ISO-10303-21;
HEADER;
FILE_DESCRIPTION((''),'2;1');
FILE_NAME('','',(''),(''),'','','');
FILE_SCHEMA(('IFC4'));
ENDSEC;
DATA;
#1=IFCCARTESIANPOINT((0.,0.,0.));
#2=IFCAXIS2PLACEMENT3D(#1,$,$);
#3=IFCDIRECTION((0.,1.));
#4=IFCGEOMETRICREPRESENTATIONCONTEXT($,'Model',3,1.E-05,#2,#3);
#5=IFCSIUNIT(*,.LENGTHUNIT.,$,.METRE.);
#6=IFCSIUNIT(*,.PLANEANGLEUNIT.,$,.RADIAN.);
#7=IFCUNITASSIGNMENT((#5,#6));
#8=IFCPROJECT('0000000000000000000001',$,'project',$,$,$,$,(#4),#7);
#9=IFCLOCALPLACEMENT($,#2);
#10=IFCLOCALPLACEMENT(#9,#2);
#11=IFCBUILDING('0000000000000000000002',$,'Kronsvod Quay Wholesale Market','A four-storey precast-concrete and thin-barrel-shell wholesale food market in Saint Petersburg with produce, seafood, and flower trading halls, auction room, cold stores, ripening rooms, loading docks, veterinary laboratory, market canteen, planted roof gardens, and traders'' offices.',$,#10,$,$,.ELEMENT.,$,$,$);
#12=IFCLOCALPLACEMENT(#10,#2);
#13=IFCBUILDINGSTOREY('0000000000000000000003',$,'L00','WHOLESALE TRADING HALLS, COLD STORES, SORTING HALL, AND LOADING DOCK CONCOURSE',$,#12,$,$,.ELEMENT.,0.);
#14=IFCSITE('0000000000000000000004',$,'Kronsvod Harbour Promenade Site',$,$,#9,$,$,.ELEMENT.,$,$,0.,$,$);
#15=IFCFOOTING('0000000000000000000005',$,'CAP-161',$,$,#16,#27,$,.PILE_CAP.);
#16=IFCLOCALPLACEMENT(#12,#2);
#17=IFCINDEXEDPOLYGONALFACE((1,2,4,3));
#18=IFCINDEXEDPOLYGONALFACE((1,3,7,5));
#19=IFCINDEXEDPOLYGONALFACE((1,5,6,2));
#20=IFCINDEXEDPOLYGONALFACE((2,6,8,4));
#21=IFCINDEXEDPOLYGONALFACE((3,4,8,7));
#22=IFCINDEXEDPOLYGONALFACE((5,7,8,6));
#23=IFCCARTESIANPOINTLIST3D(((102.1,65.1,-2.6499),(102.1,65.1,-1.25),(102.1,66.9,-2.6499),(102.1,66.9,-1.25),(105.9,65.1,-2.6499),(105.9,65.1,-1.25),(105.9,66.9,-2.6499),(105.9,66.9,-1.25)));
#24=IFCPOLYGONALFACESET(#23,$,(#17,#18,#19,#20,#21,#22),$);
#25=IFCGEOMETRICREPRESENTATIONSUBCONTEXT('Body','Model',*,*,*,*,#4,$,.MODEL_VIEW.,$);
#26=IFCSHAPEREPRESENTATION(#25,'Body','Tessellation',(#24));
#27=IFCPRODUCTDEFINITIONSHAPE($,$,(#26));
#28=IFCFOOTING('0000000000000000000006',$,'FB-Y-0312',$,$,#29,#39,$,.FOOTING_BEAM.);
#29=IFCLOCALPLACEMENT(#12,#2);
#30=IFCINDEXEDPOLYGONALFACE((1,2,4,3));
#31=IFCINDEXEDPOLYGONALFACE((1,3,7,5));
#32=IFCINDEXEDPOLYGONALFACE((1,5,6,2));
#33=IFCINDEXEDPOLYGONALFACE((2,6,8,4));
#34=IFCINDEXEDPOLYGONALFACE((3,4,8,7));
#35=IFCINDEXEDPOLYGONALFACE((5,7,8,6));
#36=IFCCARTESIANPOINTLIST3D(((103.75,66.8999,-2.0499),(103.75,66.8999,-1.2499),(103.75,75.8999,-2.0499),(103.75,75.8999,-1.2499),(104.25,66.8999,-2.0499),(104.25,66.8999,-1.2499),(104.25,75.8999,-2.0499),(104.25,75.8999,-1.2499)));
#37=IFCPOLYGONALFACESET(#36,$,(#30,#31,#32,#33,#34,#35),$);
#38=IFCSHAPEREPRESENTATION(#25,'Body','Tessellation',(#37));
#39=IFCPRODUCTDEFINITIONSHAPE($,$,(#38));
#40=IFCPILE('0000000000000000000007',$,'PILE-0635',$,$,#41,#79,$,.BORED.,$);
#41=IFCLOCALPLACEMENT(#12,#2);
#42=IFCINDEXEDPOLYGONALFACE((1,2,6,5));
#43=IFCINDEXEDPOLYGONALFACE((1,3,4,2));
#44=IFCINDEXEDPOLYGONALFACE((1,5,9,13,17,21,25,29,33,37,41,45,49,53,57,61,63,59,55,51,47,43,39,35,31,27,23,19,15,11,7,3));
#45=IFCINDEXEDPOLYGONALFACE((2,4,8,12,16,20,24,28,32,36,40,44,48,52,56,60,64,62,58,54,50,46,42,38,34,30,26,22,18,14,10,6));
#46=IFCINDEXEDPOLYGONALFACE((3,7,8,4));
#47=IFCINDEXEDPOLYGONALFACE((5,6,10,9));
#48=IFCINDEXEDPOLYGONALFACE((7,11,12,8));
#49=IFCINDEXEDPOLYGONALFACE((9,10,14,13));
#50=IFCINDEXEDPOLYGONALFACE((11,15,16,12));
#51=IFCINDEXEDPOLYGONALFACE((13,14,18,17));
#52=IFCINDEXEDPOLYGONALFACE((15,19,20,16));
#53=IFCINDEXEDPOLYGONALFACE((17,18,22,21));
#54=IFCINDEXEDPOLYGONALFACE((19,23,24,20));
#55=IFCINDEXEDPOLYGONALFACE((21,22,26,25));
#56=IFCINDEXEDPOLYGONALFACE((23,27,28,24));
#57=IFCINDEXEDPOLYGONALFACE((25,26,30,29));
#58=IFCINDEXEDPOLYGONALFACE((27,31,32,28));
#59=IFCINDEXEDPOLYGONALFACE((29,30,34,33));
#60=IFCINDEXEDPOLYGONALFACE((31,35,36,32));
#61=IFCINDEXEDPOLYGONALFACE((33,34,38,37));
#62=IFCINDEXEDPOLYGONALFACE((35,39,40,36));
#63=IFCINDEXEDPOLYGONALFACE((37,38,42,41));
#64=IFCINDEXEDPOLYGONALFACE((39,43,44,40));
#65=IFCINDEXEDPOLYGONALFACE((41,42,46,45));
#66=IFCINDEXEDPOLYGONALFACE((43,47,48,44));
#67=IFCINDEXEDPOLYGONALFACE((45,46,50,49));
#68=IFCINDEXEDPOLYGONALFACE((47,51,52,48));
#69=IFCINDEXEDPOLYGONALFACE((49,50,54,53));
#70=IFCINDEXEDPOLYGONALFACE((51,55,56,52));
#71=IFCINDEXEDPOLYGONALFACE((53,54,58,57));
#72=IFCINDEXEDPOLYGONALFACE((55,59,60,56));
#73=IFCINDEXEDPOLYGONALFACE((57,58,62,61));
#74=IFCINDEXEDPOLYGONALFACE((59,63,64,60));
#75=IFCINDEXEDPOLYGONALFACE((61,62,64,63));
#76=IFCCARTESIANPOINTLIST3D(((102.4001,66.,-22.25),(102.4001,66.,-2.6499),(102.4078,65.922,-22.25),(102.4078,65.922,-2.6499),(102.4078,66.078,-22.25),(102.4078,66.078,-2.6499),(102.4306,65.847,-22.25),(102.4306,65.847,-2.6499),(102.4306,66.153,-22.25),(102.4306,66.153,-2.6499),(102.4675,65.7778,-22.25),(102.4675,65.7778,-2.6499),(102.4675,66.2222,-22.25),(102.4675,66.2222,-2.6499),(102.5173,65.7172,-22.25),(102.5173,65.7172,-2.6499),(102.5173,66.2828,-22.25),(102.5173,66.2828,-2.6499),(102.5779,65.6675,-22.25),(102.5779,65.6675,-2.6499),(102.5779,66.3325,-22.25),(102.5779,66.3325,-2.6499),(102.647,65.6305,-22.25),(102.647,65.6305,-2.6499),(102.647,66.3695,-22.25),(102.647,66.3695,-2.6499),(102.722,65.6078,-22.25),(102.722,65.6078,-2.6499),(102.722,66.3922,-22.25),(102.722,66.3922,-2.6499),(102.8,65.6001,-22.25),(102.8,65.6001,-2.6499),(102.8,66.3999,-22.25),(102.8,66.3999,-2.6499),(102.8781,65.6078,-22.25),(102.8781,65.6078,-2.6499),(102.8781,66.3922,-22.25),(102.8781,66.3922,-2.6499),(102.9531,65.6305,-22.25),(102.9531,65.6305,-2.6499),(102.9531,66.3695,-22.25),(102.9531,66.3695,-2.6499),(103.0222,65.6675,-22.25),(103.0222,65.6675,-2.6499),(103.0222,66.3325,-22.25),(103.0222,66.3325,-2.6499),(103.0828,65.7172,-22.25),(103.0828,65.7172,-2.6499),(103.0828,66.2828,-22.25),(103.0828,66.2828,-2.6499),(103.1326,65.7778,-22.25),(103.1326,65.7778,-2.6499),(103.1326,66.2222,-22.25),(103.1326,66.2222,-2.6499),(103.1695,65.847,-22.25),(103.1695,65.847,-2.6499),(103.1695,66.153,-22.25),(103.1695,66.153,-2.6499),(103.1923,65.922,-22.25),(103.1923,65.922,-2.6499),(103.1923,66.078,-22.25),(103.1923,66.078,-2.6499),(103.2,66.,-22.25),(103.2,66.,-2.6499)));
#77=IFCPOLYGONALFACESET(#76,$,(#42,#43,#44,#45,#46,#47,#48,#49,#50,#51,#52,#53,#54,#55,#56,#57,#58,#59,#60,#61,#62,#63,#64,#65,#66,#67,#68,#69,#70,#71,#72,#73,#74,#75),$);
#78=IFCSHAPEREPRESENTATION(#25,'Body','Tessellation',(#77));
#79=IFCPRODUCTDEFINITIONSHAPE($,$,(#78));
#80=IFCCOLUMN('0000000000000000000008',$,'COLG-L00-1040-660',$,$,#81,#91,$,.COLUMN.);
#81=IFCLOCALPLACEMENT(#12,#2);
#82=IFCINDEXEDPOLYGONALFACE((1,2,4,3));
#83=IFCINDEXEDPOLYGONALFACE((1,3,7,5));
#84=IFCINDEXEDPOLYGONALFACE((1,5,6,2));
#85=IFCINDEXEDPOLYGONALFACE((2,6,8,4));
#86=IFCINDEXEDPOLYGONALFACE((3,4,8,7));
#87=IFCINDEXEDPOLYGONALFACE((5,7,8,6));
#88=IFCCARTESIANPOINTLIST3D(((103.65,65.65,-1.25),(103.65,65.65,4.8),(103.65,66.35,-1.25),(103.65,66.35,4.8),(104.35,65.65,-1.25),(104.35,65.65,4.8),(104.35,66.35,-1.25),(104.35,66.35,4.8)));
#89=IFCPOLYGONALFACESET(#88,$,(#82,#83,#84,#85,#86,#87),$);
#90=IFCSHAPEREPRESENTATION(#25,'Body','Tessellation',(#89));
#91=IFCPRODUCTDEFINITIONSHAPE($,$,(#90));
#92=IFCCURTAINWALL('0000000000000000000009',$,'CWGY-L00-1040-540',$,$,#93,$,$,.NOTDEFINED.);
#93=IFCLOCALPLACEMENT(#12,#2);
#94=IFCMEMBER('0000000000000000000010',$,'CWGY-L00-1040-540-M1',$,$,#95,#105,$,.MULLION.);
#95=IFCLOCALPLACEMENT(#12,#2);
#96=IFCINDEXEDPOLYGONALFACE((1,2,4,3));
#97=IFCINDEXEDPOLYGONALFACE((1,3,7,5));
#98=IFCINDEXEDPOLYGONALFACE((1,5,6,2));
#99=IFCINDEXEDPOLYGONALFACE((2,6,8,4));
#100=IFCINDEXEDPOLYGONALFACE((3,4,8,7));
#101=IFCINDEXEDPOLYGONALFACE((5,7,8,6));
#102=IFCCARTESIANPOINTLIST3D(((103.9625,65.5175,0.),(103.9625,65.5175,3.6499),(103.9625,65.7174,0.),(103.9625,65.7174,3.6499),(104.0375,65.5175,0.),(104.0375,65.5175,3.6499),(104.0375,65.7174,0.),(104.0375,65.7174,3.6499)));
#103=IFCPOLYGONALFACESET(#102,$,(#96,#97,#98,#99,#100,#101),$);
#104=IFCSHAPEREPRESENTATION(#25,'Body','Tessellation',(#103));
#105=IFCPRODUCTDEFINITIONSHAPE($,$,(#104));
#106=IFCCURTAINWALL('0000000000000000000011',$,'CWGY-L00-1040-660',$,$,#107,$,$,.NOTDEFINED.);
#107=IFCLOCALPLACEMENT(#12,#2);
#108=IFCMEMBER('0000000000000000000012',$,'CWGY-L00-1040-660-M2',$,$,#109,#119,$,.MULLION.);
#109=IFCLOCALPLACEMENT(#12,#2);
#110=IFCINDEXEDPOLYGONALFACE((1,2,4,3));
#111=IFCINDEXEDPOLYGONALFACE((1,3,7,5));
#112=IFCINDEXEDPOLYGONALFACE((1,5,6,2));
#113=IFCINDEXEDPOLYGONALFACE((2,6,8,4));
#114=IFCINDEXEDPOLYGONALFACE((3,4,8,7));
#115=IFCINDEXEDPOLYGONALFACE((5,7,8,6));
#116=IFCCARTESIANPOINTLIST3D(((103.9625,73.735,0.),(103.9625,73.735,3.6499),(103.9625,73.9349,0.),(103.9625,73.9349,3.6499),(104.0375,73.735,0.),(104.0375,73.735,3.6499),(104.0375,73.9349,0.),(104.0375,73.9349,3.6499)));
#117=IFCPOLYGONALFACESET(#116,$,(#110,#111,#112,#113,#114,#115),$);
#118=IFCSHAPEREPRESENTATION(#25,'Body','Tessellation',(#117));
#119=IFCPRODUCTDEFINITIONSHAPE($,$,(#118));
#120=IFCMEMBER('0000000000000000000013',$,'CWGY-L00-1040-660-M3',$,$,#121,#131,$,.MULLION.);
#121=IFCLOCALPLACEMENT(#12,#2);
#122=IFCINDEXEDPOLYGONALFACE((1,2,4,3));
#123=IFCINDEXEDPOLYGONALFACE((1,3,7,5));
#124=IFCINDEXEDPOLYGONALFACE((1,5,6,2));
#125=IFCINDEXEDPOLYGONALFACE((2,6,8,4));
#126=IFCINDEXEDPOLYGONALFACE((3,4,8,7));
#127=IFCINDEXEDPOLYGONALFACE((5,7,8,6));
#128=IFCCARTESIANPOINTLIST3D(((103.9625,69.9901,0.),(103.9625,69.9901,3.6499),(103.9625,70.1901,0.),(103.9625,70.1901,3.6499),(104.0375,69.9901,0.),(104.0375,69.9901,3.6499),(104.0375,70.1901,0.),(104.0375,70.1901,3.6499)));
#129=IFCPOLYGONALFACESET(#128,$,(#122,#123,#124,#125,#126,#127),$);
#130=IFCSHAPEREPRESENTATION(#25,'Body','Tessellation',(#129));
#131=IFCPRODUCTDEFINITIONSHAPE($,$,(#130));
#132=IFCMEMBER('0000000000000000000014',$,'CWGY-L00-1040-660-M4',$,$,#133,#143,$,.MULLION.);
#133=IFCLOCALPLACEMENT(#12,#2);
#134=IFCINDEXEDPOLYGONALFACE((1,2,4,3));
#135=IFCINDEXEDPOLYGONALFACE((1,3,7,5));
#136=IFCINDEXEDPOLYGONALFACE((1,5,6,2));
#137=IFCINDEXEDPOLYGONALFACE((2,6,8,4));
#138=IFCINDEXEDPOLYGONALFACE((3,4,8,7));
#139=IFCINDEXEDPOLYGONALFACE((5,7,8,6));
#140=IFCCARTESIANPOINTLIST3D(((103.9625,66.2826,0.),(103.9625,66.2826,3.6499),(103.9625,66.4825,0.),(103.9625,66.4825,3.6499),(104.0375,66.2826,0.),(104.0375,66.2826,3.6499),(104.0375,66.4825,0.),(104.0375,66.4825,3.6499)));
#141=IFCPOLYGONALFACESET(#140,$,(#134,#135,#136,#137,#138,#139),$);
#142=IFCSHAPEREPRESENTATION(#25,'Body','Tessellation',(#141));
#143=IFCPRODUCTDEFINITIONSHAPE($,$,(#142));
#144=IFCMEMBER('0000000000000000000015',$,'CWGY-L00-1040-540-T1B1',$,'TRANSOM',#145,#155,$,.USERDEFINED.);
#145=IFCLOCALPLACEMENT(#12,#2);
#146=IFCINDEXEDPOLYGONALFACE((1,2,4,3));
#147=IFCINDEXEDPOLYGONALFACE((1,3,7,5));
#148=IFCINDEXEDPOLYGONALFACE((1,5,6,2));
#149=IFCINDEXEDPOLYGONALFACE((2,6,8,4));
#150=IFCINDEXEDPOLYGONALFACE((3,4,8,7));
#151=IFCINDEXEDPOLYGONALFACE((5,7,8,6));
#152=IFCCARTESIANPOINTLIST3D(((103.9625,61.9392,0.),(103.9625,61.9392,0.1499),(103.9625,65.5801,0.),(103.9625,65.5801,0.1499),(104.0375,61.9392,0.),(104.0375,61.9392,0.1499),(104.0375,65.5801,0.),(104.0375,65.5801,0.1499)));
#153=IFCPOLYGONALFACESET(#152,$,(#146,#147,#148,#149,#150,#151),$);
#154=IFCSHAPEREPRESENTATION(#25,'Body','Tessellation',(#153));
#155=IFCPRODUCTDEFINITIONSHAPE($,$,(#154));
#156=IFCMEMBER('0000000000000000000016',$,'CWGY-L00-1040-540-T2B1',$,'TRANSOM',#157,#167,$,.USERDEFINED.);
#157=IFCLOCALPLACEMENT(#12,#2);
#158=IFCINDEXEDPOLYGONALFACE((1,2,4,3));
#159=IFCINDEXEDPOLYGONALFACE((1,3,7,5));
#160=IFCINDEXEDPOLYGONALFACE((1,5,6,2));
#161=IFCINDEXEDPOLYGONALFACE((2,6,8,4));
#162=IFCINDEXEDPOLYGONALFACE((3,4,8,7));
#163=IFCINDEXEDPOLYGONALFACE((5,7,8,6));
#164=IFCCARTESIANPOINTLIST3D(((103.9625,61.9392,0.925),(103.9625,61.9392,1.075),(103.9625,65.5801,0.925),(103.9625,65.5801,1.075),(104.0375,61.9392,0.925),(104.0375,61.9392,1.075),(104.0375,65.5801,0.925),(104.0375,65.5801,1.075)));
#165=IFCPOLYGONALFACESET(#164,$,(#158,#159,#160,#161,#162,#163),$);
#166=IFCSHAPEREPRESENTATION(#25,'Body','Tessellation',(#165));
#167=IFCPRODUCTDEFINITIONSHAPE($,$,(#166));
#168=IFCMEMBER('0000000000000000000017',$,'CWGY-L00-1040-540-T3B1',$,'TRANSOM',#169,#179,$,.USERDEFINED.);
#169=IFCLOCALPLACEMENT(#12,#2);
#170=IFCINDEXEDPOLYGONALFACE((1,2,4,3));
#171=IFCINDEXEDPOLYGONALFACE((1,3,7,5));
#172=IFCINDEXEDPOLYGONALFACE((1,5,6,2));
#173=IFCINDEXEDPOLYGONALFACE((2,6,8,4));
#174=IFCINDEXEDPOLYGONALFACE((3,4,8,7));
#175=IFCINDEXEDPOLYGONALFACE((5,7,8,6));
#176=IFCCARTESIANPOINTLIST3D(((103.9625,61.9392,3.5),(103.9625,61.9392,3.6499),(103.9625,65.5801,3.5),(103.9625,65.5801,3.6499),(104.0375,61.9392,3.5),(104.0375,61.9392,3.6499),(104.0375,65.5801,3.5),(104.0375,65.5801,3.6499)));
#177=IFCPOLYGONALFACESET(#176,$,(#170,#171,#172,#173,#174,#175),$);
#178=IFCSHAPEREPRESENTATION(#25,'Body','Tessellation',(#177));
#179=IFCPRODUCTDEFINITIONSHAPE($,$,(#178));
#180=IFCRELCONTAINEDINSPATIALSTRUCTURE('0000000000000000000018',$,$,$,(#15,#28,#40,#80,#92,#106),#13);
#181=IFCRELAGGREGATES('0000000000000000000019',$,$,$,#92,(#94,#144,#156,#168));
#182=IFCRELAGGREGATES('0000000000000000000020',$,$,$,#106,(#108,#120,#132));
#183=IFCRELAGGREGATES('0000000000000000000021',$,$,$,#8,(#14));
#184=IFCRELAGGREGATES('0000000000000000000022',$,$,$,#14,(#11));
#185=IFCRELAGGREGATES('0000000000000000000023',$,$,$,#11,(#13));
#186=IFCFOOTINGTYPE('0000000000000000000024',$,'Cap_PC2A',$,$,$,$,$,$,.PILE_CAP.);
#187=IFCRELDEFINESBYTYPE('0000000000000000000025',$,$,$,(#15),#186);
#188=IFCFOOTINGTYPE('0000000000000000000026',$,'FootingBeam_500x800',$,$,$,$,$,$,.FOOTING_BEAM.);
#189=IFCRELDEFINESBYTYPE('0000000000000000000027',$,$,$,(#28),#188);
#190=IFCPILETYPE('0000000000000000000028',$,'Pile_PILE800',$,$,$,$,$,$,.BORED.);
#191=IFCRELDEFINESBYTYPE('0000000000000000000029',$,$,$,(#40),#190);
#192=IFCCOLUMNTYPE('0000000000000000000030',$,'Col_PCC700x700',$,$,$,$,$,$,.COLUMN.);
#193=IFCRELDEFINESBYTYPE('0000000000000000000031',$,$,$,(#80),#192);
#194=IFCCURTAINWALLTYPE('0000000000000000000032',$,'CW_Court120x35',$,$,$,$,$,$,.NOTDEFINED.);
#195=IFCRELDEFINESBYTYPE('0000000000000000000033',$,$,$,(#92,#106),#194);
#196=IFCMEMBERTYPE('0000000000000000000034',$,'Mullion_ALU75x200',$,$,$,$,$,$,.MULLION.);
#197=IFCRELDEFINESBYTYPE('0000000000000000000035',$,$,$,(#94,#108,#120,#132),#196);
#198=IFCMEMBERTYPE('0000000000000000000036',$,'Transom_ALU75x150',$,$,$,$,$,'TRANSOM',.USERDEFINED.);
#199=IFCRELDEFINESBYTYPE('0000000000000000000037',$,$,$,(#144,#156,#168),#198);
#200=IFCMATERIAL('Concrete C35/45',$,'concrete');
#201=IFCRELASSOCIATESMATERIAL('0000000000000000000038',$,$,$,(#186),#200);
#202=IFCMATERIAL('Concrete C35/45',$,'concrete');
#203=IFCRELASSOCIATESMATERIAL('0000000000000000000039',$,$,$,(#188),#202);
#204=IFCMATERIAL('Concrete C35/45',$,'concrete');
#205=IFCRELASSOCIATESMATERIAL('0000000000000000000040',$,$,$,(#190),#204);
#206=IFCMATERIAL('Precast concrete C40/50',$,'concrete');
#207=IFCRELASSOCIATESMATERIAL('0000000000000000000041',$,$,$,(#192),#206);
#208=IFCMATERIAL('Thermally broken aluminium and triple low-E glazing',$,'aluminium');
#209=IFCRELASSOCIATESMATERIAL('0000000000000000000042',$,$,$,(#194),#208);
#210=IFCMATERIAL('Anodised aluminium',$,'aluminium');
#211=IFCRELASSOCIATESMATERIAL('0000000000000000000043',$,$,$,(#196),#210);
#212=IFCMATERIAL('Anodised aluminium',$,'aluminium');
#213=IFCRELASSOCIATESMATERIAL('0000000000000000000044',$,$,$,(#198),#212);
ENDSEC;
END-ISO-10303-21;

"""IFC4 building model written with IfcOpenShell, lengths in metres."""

from ifc_helpers import new_model, si_unit, direction, frame, origin, origin_2d, place, context, subcontext, project, spatial, rectangle, circle, extrude, material, material_profile, profile_set, type_object, element, aggregate, save


model = new_model("IFC4")

# Units and contexts
model_context = context("Model", 3, precision=1e-05, world=origin(), true_north=direction((0.0, 1.0)))
body_context = subcontext(model_context, "Body", "Model", "MODEL_VIEW")
ifc_project = project(units=[si_unit("LENGTHUNIT", "METRE"), si_unit("PLANEANGLEUNIT", "RADIAN")], contexts=[model_context])

# Site, building, storey
site_placement = place(None, origin())
site = spatial("IfcSite", under=ifc_project, at=site_placement, Name="Kronsvod Harbour Promenade Site", CompositionType="ELEMENT", RefElevation=0.0)
building_placement = place(site_placement, origin())
building = spatial("IfcBuilding", under=site, at=building_placement, Name="Kronsvod Quay Wholesale Market", Description="A four-storey precast-concrete and thin-barrel-shell wholesale food market in Saint Petersburg with produce, seafood, and flower trading halls, auction room, cold stores, ripening rooms, loading docks, veterinary laboratory, market canteen, planted roof gardens, and traders' offices.", CompositionType="ELEMENT")
storey_placement = place(building_placement, origin())
storey = spatial("IfcBuildingStorey", under=building, at=storey_placement, Name="L00", Description="WHOLESALE TRADING HALLS, COLD STORES, SORTING HALL, AND LOADING DOCK CONCOURSE", CompositionType="ELEMENT", Elevation=0.0)

# Footings
ifc_material_1 = material(Name="Concrete C35/45", Category="concrete")
footing_type_1 = type_object("IfcFootingType", Name="Cap_PC2A", PredefinedType="PILE_CAP", material=ifc_material_1)
footing_1_placement = place(storey_placement, frame((104.0, 66.0, -2.6499), z_axis=(0.0, 0.0, 1.0), x_axis=(1.0, 0.0, 0.0)))
element("IfcFooting", 1, at=footing_1_placement, inside=storey, type_object=footing_type_1, Name="CAP-161", PredefinedType="PILE_CAP", context=body_context, shape_type="SweptSolid", body=[
    extrude(rectangle(XDim=3.8, YDim=1.8, at=origin_2d()), origin(), (0.0, 0.0, 1.0), 1.3999),
])
ifc_material_2 = material(Name="Concrete C35/45", Category="concrete")
ifc_material_profile_1 = material_profile(ifc_material_2, rectangle(XDim=0.5, YDim=0.8, at=origin_2d()), Name="FB-01")
ifc_profile_set_1 = profile_set([ifc_material_profile_1], Name="Concrete C35/45")
footing_type_2 = type_object("IfcFootingType", Name="FootingBeam_500x800", PredefinedType="FOOTING_BEAM", material=ifc_profile_set_1)
footing_2_placement = place(storey_placement, frame((104.0, 66.8999, -1.6499), z_axis=(0.0, 1.0, 0.0), x_axis=(-1.0, 0.0, 0.0)))
element("IfcFooting", 2, at=footing_2_placement, inside=storey, type_object=footing_type_2, Name="FB-Y-0312", PredefinedType="FOOTING_BEAM", context=body_context, shape_type="SweptSolid", body=[
    extrude(rectangle(XDim=0.5, YDim=0.8, at=origin_2d()), origin(), (0.0, 0.0, 1.0), 9.0),
])

# Pile
ifc_material_3 = material(Name="Concrete C35/45", Category="concrete")
ifc_material_profile_2 = material_profile(ifc_material_3, circle(Radius=0.3999, at=origin_2d()), Name="PILE800")
ifc_profile_set_2 = profile_set([ifc_material_profile_2], Name="Concrete C35/45")
pile_type = type_object("IfcPileType", Name="Pile_PILE800", PredefinedType="BORED", material=ifc_profile_set_2)
pile_placement = place(storey_placement, frame((102.8, 66.0, -2.6499), z_axis=(0.0, 0.0, -1.0), x_axis=(1.0, 0.0, 0.0)))
element("IfcPile", 3, at=pile_placement, inside=storey, type_object=pile_type, Name="PILE-0635", PredefinedType="BORED", context=body_context, shape_type="SweptSolid", body=[
    extrude(circle(Radius=0.3999, at=origin_2d()), origin(), (0.0, 0.0, 1.0), 19.6001),
])

# Column
ifc_material_4 = material(Name="Precast concrete C40/50", Category="concrete")
ifc_material_profile_3 = material_profile(ifc_material_4, rectangle(XDim=0.7, YDim=0.7, at=origin_2d()), Name="PCC700x700")
ifc_profile_set_3 = profile_set([ifc_material_profile_3], Name="Precast concrete C40/50")
column_type = type_object("IfcColumnType", Name="Col_PCC700x700", PredefinedType="COLUMN", material=ifc_profile_set_3)
column_placement = place(storey_placement, frame((104.0, 66.0, -1.25), z_axis=(0.0, 0.0, 1.0), x_axis=(1.0, 0.0, 0.0)))
element("IfcColumn", 4, at=column_placement, inside=storey, type_object=column_type, Name="COLG-L00-1040-660", PredefinedType="COLUMN", context=body_context, shape_type="SweptSolid", body=[
    extrude(rectangle(XDim=0.7, YDim=0.7, at=origin_2d()), origin(), (0.0, 0.0, 1.0), 6.05),
])

# Curtain wall, member
ifc_material_5 = material(Name="Thermally broken aluminium and triple low-E glazing", Category="aluminium")
curtain_wall_type = type_object("IfcCurtainWallType", Name="CW_Court120x35", PredefinedType="NOTDEFINED", material=ifc_material_5)
curtain_wall_1_placement = place(storey_placement, origin())
curtain_wall_1 = element("IfcCurtainWall", 5, at=curtain_wall_1_placement, inside=storey, type_object=curtain_wall_type, Name="CWGY-L00-1040-540", PredefinedType="NOTDEFINED")
ifc_material_6 = material(Name="Anodised aluminium", Category="aluminium")
ifc_material_profile_4 = material_profile(ifc_material_6, rectangle(XDim=0.075, YDim=0.2, at=origin_2d()), Name="ALUM75x200")
ifc_profile_set_4 = profile_set([ifc_material_profile_4], Name="Anodised aluminium")
member_type_1 = type_object("IfcMemberType", Name="Mullion_ALU75x200", PredefinedType="MULLION", material=ifc_profile_set_4)
member_1_placement = place(storey_placement, frame((104.0, 65.6174, 0.0), z_axis=(0.0, 0.0, 1.0), x_axis=(1.0, 0.0, 0.0)))
member_1 = element("IfcMember", 6, at=member_1_placement, type_object=member_type_1, Name="CWGY-L00-1040-540-M1", PredefinedType="MULLION", context=body_context, shape_type="SweptSolid", body=[
    extrude(rectangle(XDim=0.075, YDim=0.2, at=origin_2d()), origin(), (0.0, 0.0, 1.0), 3.6499),
])

# Curtain wall, members
curtain_wall_2_placement = place(storey_placement, origin())
curtain_wall_2 = element("IfcCurtainWall", 7, at=curtain_wall_2_placement, inside=storey, type_object=curtain_wall_type, Name="CWGY-L00-1040-660", PredefinedType="NOTDEFINED")
member_2_placement = place(storey_placement, frame((104.0, 73.835, 0.0), z_axis=(0.0, 0.0, 1.0), x_axis=(1.0, 0.0, 0.0)))
member_2 = element("IfcMember", 8, at=member_2_placement, type_object=member_type_1, Name="CWGY-L00-1040-660-M2", PredefinedType="MULLION", context=body_context, shape_type="SweptSolid", body=[
    extrude(rectangle(XDim=0.075, YDim=0.2, at=origin_2d()), origin(), (0.0, 0.0, 1.0), 3.6499),
])
member_3_placement = place(storey_placement, frame((104.0, 70.0901, 0.0), z_axis=(0.0, 0.0, 1.0), x_axis=(1.0, 0.0, 0.0)))
member_3 = element("IfcMember", 9, at=member_3_placement, type_object=member_type_1, Name="CWGY-L00-1040-660-M3", PredefinedType="MULLION", context=body_context, shape_type="SweptSolid", body=[
    extrude(rectangle(XDim=0.075, YDim=0.2, at=origin_2d()), origin(), (0.0, 0.0, 1.0), 3.6499),
])
member_4_placement = place(storey_placement, frame((104.0, 66.3826, 0.0), z_axis=(0.0, 0.0, 1.0), x_axis=(1.0, 0.0, 0.0)))
member_4 = element("IfcMember", 10, at=member_4_placement, type_object=member_type_1, Name="CWGY-L00-1040-660-M4", PredefinedType="MULLION", context=body_context, shape_type="SweptSolid", body=[
    extrude(rectangle(XDim=0.075, YDim=0.2, at=origin_2d()), origin(), (0.0, 0.0, 1.0), 3.6499),
])

# Members
ifc_material_7 = material(Name="Anodised aluminium", Category="aluminium")
ifc_material_profile_5 = material_profile(ifc_material_7, rectangle(XDim=0.075, YDim=0.1499, at=origin_2d()), Name="ALUT75x150")
ifc_profile_set_5 = profile_set([ifc_material_profile_5], Name="Anodised aluminium")
member_type_2 = type_object("IfcMemberType", Name="Transom_ALU75x150", ElementType="TRANSOM", PredefinedType="USERDEFINED", material=ifc_profile_set_5)
member_5_placement = place(storey_placement, frame((104.0, 65.5801, 0.075), z_axis=(0.0, -1.0, 0.0), x_axis=(1.0, 0.0, 0.0)))
member_5 = element("IfcMember", 11, at=member_5_placement, type_object=member_type_2, Name="CWGY-L00-1040-540-T1B1", ObjectType="TRANSOM", PredefinedType="USERDEFINED", context=body_context, shape_type="SweptSolid", body=[
    extrude(rectangle(XDim=0.075, YDim=0.1499, at=origin_2d()), origin(), (0.0, 0.0, 1.0), 3.6409),
])
member_6_placement = place(storey_placement, frame((104.0, 65.5801, 1.0), z_axis=(0.0, -1.0, 0.0), x_axis=(1.0, 0.0, 0.0)))
member_6 = element("IfcMember", 12, at=member_6_placement, type_object=member_type_2, Name="CWGY-L00-1040-540-T2B1", ObjectType="TRANSOM", PredefinedType="USERDEFINED", context=body_context, shape_type="SweptSolid", body=[
    extrude(rectangle(XDim=0.075, YDim=0.1499, at=origin_2d()), origin(), (0.0, 0.0, 1.0), 3.6409),
])
member_7_placement = place(storey_placement, frame((104.0, 65.5801, 3.575), z_axis=(0.0, -1.0, 0.0), x_axis=(1.0, 0.0, 0.0)))
member_7 = element("IfcMember", 13, at=member_7_placement, type_object=member_type_2, Name="CWGY-L00-1040-540-T3B1", ObjectType="TRANSOM", PredefinedType="USERDEFINED", context=body_context, shape_type="SweptSolid", body=[
    extrude(rectangle(XDim=0.075, YDim=0.1499, at=origin_2d()), origin(), (0.0, 0.0, 1.0), 3.6409),
])

aggregate(curtain_wall_1, [member_1, member_5, member_6, member_7])
aggregate(curtain_wall_2, [member_2, member_3, member_4])

save(model, "model.ifc")
